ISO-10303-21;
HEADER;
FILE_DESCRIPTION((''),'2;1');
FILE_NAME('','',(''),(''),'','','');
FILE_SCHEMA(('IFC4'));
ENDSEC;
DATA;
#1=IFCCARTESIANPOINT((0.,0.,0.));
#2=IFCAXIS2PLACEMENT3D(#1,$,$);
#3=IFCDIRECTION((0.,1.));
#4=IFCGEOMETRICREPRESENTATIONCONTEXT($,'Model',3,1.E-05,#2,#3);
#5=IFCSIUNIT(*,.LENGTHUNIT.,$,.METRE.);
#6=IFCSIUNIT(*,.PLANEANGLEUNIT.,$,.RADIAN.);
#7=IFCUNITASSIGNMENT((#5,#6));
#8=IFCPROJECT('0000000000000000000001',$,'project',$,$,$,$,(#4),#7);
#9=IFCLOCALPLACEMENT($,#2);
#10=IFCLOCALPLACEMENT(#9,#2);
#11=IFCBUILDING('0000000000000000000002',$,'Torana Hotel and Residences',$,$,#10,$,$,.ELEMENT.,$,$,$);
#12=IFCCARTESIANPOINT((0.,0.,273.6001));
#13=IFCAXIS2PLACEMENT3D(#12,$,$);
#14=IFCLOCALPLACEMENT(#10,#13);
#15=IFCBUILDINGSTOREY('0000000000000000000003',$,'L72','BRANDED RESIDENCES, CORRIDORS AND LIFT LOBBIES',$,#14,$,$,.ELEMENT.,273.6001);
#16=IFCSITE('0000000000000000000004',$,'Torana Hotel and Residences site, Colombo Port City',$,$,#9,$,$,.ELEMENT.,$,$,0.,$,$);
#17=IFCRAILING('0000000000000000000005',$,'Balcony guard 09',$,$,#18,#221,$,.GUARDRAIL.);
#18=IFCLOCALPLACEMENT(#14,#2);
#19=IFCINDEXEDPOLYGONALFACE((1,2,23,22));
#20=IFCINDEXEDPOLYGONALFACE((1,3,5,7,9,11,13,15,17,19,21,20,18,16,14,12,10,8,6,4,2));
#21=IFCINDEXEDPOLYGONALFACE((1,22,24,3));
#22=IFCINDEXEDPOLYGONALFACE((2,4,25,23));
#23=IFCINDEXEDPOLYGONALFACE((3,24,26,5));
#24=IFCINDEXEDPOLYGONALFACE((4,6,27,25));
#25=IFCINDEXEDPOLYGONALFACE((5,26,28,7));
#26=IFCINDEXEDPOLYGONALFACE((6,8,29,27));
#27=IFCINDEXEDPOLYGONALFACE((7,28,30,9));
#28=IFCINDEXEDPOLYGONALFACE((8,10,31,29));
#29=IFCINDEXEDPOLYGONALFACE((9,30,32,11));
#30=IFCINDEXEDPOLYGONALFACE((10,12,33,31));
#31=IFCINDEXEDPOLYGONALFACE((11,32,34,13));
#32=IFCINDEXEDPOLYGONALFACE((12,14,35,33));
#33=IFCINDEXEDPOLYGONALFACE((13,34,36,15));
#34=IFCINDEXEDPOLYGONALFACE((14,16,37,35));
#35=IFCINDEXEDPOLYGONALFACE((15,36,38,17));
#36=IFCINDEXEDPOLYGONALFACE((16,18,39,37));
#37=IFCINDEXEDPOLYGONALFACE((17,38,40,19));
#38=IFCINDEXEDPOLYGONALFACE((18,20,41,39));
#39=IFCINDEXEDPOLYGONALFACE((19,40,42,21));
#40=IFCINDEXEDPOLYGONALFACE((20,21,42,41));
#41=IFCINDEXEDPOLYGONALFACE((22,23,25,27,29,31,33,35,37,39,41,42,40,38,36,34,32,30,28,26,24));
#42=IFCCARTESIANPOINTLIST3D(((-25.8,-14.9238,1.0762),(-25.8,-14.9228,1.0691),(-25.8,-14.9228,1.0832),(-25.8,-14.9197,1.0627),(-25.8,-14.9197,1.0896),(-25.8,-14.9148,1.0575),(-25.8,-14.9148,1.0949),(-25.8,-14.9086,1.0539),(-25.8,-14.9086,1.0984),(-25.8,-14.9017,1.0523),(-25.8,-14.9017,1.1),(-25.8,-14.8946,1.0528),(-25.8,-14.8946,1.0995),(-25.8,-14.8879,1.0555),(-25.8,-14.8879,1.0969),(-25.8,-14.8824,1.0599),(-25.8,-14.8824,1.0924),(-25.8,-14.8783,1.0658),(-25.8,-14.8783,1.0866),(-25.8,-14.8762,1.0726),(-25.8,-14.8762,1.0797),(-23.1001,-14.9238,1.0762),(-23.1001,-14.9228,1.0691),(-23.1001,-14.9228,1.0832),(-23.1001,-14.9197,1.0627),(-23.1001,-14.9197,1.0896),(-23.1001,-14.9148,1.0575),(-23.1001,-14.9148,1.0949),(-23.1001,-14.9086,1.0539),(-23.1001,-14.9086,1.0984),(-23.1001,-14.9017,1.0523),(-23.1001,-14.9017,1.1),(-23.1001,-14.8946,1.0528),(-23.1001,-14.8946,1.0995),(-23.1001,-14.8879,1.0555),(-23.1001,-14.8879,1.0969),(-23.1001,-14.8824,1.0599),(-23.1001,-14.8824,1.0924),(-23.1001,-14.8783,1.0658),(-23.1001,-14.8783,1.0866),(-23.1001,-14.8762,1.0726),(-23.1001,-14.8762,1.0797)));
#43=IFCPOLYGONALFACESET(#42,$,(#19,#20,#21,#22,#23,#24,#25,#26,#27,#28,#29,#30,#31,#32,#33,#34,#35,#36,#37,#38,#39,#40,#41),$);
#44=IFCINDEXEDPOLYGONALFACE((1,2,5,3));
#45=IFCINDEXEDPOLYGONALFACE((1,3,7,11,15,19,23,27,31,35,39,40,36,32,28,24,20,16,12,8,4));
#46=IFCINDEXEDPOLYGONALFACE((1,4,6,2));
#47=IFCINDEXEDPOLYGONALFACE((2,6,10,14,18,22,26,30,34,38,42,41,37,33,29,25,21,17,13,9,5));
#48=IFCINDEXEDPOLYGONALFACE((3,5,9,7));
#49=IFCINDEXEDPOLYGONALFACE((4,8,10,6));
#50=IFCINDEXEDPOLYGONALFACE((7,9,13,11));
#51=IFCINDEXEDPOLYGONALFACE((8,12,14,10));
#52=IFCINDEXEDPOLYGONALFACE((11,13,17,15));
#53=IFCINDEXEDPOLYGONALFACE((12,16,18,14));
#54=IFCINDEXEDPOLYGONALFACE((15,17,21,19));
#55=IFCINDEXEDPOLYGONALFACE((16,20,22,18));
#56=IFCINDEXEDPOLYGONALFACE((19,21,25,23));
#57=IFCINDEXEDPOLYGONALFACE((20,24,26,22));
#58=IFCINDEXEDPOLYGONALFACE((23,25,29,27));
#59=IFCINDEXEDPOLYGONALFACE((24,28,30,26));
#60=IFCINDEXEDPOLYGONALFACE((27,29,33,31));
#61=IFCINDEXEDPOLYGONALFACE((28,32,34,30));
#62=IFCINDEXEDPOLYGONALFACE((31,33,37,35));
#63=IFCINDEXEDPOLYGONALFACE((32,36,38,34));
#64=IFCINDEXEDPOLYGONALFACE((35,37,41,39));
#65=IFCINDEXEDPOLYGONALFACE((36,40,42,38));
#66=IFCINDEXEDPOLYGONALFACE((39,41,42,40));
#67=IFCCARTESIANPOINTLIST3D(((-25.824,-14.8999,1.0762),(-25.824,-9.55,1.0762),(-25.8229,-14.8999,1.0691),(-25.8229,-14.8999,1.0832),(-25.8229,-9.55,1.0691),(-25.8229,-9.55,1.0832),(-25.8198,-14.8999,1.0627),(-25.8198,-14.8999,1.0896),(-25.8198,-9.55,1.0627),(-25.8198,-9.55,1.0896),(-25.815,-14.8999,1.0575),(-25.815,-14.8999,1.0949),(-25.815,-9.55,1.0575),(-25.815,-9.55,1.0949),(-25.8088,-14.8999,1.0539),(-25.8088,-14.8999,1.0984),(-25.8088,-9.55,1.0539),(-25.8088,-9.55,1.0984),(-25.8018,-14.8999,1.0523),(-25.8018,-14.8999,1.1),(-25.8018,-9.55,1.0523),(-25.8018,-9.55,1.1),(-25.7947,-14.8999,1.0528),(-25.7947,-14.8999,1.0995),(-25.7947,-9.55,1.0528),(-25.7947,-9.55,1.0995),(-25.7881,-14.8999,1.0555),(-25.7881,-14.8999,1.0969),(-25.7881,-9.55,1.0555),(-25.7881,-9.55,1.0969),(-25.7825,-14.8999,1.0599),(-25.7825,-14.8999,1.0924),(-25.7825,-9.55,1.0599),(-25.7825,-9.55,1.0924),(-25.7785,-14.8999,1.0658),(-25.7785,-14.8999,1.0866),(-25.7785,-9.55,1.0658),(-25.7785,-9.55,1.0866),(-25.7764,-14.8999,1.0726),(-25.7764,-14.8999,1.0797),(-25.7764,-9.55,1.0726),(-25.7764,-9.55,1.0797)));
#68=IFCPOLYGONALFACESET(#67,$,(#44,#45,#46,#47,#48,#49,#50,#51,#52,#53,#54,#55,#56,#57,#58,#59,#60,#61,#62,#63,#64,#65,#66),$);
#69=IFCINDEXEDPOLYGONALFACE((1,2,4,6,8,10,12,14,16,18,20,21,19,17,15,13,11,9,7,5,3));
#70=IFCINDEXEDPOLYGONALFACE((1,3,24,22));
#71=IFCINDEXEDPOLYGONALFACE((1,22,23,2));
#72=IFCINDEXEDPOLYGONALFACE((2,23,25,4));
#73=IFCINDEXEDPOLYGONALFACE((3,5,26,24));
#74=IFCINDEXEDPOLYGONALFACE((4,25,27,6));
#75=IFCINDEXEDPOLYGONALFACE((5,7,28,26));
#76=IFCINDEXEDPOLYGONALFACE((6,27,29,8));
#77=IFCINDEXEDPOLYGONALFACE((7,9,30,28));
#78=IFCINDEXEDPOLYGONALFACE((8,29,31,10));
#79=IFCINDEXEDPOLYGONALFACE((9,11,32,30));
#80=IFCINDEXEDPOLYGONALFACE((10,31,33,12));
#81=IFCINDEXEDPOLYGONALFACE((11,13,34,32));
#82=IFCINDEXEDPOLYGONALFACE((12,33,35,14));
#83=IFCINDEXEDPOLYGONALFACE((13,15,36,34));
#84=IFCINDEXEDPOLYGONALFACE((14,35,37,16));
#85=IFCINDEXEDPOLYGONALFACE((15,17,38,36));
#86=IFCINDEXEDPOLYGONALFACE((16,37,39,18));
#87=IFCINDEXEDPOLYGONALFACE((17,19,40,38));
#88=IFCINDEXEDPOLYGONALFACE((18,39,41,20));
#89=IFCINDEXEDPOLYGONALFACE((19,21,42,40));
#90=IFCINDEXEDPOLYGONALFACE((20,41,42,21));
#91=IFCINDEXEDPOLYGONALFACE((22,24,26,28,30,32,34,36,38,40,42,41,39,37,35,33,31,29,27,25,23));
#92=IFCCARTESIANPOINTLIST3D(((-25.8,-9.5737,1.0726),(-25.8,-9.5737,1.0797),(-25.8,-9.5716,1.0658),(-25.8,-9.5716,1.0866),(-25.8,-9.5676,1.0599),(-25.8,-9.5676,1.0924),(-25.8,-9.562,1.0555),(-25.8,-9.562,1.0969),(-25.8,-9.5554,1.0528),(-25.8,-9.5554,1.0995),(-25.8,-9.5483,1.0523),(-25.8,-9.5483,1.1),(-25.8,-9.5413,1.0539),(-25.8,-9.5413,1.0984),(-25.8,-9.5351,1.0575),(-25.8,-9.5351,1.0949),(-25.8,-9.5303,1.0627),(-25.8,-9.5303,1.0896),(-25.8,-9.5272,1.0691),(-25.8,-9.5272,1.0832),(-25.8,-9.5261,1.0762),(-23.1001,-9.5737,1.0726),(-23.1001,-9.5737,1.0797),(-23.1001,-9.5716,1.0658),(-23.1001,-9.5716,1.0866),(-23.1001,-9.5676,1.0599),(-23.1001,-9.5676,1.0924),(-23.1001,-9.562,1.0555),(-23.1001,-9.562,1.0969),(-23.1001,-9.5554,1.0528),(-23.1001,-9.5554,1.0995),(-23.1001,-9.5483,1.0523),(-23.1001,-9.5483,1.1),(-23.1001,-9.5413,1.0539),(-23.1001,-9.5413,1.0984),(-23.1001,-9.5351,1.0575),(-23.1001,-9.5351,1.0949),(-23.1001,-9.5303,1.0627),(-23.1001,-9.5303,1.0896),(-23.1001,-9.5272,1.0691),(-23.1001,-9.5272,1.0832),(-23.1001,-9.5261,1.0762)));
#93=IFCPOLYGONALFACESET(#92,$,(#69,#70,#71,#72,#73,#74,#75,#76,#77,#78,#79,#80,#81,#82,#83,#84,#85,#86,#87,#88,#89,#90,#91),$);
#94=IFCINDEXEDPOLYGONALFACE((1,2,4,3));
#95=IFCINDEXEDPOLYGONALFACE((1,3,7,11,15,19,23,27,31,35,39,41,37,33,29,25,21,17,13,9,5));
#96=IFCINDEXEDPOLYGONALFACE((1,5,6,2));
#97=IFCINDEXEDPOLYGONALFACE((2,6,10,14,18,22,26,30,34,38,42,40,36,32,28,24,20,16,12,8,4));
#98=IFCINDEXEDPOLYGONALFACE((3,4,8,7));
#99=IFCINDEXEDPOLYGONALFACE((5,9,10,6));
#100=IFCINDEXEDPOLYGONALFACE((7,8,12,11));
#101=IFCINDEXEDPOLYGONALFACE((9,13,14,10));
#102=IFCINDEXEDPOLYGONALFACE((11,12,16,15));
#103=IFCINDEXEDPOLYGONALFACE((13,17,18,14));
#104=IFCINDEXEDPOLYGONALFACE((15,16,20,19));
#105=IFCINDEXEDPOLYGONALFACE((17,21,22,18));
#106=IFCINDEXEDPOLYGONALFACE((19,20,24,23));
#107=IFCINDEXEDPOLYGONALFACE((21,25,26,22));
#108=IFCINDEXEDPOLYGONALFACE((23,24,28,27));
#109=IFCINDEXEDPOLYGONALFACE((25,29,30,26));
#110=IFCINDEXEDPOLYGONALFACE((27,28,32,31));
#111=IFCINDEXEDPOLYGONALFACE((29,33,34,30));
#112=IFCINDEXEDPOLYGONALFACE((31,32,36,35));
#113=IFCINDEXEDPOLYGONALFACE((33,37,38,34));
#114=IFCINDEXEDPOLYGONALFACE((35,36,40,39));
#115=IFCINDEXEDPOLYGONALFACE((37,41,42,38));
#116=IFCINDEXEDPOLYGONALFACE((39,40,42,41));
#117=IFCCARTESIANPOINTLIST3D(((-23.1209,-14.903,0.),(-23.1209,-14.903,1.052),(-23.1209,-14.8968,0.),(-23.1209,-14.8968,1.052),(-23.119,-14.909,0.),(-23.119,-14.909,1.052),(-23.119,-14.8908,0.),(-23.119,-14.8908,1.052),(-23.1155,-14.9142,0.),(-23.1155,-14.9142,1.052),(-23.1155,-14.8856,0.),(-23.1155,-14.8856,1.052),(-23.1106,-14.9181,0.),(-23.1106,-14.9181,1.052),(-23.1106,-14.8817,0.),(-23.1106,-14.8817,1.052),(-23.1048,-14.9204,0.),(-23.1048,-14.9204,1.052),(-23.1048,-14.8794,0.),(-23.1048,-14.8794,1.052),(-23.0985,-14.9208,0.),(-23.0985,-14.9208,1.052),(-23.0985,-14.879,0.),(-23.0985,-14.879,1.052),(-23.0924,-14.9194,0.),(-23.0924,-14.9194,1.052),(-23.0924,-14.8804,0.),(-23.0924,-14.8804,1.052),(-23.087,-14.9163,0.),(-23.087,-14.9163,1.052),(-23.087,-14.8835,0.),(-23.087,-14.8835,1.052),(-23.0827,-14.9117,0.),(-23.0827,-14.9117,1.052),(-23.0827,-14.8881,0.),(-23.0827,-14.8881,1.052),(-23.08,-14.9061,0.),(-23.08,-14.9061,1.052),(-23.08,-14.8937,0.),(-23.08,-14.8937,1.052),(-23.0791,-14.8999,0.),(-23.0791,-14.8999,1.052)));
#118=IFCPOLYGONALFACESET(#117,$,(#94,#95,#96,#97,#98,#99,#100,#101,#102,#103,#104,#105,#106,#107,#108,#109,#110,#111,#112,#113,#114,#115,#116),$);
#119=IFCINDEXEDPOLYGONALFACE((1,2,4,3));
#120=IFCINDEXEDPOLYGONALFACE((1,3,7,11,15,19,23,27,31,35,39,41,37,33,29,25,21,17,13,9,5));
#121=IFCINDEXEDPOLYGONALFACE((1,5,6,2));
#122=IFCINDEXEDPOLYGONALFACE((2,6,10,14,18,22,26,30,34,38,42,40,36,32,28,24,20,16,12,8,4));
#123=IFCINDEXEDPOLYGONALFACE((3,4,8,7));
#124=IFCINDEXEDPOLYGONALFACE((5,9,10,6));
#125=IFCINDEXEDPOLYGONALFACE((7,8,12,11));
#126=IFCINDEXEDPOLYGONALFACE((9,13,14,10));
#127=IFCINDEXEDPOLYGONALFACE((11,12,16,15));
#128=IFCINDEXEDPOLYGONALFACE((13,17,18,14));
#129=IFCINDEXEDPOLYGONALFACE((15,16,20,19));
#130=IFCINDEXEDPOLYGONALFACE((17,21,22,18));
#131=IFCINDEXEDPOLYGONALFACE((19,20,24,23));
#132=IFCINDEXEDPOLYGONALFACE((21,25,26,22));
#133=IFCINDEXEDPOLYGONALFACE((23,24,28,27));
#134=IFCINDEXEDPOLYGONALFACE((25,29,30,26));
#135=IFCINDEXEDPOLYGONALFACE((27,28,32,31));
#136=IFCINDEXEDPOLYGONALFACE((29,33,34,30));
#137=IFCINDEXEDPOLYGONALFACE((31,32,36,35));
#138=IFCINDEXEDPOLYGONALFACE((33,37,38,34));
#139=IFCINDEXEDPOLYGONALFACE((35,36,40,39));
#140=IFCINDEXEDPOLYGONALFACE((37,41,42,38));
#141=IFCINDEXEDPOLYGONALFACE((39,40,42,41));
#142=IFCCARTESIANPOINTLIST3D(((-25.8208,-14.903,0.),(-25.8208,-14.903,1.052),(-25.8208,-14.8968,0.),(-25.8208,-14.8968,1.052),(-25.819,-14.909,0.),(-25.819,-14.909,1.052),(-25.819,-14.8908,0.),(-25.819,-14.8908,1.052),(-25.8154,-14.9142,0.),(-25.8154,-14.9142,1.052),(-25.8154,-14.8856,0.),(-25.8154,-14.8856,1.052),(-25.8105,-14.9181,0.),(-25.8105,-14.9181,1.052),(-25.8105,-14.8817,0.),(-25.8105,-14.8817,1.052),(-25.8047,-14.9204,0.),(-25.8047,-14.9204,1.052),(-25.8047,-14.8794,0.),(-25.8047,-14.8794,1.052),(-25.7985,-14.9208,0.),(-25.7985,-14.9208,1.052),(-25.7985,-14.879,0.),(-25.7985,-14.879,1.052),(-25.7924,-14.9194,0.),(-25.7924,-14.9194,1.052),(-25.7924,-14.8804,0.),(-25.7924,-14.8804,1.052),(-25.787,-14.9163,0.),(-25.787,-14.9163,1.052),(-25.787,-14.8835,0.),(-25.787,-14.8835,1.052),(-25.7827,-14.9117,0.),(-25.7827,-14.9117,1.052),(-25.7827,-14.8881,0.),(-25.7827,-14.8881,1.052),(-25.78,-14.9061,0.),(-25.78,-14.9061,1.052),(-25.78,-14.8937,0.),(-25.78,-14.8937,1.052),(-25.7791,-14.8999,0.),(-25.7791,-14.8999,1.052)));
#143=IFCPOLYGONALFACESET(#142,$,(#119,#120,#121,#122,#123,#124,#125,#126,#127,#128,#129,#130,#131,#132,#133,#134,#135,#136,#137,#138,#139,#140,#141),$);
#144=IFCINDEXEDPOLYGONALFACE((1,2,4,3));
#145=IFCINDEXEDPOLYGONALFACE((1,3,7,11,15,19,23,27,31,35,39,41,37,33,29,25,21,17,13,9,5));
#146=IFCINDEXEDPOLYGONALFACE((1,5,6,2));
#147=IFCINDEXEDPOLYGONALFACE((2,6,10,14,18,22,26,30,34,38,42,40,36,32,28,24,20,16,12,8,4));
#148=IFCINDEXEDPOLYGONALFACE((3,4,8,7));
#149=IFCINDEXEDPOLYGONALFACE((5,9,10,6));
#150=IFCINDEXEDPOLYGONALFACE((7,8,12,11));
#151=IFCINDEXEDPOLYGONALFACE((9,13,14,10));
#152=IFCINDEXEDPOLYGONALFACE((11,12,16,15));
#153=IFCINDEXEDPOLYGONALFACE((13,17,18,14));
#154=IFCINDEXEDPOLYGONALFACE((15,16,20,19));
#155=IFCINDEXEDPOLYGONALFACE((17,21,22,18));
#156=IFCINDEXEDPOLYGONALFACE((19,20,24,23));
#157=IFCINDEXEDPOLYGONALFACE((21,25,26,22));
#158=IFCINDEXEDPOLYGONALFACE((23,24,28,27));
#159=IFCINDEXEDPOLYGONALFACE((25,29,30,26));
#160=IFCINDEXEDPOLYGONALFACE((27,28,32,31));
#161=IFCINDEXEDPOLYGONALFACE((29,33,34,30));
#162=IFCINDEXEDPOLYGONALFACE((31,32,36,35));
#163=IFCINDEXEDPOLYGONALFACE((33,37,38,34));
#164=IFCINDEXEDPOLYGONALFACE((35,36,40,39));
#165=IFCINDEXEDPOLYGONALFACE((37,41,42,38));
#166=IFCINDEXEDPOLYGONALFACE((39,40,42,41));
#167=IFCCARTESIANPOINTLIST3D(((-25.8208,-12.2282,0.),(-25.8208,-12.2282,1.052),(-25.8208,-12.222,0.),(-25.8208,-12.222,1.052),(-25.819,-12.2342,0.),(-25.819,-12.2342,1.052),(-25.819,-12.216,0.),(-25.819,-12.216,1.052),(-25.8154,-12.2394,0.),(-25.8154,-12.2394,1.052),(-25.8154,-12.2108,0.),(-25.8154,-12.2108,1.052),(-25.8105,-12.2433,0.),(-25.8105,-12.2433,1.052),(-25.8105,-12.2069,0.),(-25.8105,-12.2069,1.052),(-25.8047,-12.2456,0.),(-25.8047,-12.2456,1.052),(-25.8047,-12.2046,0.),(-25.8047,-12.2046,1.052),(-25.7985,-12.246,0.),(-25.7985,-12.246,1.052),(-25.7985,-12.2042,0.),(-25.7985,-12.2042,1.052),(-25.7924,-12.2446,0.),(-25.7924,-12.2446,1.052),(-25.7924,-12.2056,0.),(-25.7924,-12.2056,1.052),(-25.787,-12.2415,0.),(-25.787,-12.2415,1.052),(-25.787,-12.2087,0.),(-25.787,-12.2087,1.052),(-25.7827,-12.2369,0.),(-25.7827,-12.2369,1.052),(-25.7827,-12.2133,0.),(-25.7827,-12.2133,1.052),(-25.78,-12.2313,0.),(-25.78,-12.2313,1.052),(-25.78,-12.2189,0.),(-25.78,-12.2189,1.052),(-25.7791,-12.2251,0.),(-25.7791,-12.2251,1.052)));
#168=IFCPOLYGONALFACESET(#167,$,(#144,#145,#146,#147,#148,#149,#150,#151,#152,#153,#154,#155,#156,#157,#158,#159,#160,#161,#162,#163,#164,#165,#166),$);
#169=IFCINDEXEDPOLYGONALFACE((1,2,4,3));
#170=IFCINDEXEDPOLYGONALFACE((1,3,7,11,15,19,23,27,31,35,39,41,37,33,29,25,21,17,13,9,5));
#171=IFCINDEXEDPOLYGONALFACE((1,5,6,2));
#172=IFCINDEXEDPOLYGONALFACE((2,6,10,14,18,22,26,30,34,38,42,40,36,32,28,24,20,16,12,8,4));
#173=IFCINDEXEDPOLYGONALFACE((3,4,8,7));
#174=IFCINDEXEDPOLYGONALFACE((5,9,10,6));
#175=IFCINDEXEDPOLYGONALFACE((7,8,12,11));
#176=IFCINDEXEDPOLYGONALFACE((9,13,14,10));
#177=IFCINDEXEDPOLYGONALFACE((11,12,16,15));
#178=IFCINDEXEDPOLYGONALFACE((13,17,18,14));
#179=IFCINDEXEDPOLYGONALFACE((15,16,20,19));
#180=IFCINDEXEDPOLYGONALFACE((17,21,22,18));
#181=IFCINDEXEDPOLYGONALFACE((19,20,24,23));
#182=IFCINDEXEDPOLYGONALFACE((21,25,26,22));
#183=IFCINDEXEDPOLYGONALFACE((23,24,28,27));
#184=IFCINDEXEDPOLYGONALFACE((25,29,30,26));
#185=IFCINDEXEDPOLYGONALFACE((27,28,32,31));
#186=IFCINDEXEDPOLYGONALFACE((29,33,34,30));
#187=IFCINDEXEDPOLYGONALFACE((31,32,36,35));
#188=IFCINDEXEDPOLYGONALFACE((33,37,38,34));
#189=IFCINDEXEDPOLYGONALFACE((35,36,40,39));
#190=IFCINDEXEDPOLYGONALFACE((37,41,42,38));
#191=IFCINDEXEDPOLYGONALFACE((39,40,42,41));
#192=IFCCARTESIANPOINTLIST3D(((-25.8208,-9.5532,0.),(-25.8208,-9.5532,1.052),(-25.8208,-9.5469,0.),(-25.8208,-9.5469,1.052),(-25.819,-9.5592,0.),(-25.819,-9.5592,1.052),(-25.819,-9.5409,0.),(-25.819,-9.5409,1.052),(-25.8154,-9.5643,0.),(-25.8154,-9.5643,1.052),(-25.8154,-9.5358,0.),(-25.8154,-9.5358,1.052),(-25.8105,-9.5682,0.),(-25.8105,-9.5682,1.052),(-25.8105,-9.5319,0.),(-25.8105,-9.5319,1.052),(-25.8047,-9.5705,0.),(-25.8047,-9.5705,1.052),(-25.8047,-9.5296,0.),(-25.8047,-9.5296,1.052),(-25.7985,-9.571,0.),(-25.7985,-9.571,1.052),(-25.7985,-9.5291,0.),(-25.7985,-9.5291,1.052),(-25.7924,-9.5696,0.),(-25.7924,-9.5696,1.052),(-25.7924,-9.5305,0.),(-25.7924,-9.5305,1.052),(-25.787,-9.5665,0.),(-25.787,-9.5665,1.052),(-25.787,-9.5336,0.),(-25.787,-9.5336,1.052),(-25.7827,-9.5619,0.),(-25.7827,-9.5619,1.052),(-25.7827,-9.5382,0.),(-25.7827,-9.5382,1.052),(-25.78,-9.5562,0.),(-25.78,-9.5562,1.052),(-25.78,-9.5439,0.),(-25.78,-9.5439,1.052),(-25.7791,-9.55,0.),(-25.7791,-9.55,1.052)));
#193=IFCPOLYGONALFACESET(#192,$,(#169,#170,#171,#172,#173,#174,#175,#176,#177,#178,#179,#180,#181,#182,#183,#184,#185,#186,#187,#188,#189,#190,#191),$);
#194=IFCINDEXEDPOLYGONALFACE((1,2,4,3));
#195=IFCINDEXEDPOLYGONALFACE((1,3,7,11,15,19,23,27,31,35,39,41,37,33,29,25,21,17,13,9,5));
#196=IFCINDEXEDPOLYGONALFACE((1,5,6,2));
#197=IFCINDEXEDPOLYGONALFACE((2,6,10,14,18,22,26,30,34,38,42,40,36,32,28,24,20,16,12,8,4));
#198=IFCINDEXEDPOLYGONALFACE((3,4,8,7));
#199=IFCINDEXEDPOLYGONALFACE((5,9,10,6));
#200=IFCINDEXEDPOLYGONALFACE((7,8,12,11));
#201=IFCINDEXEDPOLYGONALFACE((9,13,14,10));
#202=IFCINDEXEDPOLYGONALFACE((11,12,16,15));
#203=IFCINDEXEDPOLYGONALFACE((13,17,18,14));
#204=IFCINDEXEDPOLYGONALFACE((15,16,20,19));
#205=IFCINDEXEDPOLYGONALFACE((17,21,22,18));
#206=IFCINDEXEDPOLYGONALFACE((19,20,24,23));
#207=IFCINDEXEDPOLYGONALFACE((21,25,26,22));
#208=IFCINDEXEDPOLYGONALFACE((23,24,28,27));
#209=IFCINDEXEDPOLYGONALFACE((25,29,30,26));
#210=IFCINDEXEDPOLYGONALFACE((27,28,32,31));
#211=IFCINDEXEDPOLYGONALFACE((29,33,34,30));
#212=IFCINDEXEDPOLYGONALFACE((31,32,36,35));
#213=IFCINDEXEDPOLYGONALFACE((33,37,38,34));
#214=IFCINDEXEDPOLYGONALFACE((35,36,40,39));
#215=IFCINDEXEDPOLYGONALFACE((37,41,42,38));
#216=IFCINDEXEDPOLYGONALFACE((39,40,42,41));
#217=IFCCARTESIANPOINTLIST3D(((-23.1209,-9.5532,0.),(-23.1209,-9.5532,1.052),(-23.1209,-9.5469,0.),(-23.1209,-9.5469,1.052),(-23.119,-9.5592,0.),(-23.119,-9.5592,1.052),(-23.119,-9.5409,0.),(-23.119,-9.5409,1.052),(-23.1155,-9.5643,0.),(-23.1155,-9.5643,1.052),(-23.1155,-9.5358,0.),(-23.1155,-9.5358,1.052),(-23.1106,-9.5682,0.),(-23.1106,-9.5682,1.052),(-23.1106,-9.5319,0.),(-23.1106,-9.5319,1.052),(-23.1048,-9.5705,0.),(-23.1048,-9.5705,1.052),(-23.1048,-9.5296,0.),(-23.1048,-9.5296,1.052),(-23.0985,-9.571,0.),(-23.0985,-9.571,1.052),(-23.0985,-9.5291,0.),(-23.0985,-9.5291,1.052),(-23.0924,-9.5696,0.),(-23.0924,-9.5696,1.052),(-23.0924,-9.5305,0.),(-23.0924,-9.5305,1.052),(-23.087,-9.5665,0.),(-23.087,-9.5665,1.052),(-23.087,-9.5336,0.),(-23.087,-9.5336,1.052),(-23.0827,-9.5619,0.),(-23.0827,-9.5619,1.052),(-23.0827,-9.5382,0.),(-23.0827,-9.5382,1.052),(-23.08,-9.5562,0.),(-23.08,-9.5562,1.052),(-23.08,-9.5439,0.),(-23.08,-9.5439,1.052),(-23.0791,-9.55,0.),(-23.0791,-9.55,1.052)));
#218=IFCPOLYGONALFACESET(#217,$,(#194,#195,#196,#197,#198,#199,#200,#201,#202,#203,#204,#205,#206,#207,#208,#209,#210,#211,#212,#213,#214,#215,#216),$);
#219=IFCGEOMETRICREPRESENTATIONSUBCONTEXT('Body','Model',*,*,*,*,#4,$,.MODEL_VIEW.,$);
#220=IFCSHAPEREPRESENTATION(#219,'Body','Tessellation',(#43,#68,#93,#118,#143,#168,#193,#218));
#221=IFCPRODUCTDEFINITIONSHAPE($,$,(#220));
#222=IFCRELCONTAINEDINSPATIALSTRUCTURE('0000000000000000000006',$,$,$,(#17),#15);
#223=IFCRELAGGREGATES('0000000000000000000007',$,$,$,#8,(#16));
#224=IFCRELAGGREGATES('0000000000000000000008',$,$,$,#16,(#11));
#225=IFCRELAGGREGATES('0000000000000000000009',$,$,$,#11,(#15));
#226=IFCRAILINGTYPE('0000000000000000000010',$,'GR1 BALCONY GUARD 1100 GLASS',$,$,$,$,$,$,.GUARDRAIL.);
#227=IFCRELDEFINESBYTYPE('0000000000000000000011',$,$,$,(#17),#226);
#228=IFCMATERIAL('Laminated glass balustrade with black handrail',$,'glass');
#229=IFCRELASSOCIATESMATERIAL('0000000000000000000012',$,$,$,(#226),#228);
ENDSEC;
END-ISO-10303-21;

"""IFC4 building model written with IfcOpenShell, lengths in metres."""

from ifc_helpers import new_model, si_unit, direction, frame, origin, origin_2d, place, context, subcontext, project, spatial, circle, extrude, material, type_object, element, save


model = new_model("IFC4")

# Units and contexts
model_context = context("Model", 3, precision=1e-05, world=origin(), true_north=direction((0.0, 1.0)))
body_context = subcontext(model_context, "Body", "Model", "MODEL_VIEW")
ifc_project = project(units=[si_unit("LENGTHUNIT", "METRE"), si_unit("PLANEANGLEUNIT", "RADIAN")], contexts=[model_context])

# Site, building, storey
site_placement = place(None, origin())
site = spatial("IfcSite", under=ifc_project, at=site_placement, Name="Torana Hotel and Residences site, Colombo Port City", CompositionType="ELEMENT", RefElevation=0.0)
building_placement = place(site_placement, origin())
building = spatial("IfcBuilding", under=site, at=building_placement, Name="Torana Hotel and Residences", CompositionType="ELEMENT")
storey_placement = place(building_placement, frame((0.0, 0.0, 273.6001)))
storey = spatial("IfcBuildingStorey", under=building, at=storey_placement, Name="L72", Description="BRANDED RESIDENCES, CORRIDORS AND LIFT LOBBIES", CompositionType="ELEMENT", Elevation=273.6001)

# Railing
ifc_material_1 = material(Name="Laminated glass balustrade with black handrail", Category="glass")
railing_type = type_object("IfcRailingType", Name="GR1 BALCONY GUARD 1100 GLASS", PredefinedType="GUARDRAIL", material=ifc_material_1)
railing_1_placement = place(storey_placement, frame((-23.1001, -14.8999, 0.0)))
element("IfcRailing", 1, at=railing_1_placement, inside=storey, type_object=railing_type, Name="Balcony guard 09", PredefinedType="GUARDRAIL", context=body_context, shape_type="SweptSolid", body=[
    extrude(circle(Radius=0.0239, at=origin_2d()), frame((0.0, 0.0, 1.0762), z_axis=(-1.0, 0.0, 0.0), x_axis=(0.0, -1.0, 0.0)), (0.0, 0.0, 1.0), 2.7),
    extrude(circle(Radius=0.0239, at=origin_2d()), frame((-2.7, 0.0, 1.0762), z_axis=(0.0, 1.0, 0.0), x_axis=(-1.0, 0.0, 0.0)), (0.0, 0.0, 1.0), 5.3499),
    extrude(circle(Radius=0.0239, at=origin_2d()), frame((-2.7, 5.3499, 1.0762), z_axis=(1.0, 0.0, 0.0), x_axis=(0.0, 1.0, 0.0)), (0.0, 0.0, 1.0), 2.7),
    extrude(circle(Radius=0.021, at=origin_2d()), origin(), (0.0, 0.0, 1.0), 1.052),
    extrude(circle(Radius=0.021, at=origin_2d()), frame((-2.7, 0.0, 0.0)), (0.0, 0.0, 1.0), 1.052),
    extrude(circle(Radius=0.021, at=origin_2d()), frame((-2.7, 2.6748, 0.0)), (0.0, 0.0, 1.0), 1.052),
    extrude(circle(Radius=0.021, at=origin_2d()), frame((-2.7, 5.3499, 0.0)), (0.0, 0.0, 1.0), 1.052),
    extrude(circle(Radius=0.021, at=origin_2d()), frame((0.0, 5.3499, 0.0)), (0.0, 0.0, 1.0), 1.052),
])

save(model, "model.ifc")
